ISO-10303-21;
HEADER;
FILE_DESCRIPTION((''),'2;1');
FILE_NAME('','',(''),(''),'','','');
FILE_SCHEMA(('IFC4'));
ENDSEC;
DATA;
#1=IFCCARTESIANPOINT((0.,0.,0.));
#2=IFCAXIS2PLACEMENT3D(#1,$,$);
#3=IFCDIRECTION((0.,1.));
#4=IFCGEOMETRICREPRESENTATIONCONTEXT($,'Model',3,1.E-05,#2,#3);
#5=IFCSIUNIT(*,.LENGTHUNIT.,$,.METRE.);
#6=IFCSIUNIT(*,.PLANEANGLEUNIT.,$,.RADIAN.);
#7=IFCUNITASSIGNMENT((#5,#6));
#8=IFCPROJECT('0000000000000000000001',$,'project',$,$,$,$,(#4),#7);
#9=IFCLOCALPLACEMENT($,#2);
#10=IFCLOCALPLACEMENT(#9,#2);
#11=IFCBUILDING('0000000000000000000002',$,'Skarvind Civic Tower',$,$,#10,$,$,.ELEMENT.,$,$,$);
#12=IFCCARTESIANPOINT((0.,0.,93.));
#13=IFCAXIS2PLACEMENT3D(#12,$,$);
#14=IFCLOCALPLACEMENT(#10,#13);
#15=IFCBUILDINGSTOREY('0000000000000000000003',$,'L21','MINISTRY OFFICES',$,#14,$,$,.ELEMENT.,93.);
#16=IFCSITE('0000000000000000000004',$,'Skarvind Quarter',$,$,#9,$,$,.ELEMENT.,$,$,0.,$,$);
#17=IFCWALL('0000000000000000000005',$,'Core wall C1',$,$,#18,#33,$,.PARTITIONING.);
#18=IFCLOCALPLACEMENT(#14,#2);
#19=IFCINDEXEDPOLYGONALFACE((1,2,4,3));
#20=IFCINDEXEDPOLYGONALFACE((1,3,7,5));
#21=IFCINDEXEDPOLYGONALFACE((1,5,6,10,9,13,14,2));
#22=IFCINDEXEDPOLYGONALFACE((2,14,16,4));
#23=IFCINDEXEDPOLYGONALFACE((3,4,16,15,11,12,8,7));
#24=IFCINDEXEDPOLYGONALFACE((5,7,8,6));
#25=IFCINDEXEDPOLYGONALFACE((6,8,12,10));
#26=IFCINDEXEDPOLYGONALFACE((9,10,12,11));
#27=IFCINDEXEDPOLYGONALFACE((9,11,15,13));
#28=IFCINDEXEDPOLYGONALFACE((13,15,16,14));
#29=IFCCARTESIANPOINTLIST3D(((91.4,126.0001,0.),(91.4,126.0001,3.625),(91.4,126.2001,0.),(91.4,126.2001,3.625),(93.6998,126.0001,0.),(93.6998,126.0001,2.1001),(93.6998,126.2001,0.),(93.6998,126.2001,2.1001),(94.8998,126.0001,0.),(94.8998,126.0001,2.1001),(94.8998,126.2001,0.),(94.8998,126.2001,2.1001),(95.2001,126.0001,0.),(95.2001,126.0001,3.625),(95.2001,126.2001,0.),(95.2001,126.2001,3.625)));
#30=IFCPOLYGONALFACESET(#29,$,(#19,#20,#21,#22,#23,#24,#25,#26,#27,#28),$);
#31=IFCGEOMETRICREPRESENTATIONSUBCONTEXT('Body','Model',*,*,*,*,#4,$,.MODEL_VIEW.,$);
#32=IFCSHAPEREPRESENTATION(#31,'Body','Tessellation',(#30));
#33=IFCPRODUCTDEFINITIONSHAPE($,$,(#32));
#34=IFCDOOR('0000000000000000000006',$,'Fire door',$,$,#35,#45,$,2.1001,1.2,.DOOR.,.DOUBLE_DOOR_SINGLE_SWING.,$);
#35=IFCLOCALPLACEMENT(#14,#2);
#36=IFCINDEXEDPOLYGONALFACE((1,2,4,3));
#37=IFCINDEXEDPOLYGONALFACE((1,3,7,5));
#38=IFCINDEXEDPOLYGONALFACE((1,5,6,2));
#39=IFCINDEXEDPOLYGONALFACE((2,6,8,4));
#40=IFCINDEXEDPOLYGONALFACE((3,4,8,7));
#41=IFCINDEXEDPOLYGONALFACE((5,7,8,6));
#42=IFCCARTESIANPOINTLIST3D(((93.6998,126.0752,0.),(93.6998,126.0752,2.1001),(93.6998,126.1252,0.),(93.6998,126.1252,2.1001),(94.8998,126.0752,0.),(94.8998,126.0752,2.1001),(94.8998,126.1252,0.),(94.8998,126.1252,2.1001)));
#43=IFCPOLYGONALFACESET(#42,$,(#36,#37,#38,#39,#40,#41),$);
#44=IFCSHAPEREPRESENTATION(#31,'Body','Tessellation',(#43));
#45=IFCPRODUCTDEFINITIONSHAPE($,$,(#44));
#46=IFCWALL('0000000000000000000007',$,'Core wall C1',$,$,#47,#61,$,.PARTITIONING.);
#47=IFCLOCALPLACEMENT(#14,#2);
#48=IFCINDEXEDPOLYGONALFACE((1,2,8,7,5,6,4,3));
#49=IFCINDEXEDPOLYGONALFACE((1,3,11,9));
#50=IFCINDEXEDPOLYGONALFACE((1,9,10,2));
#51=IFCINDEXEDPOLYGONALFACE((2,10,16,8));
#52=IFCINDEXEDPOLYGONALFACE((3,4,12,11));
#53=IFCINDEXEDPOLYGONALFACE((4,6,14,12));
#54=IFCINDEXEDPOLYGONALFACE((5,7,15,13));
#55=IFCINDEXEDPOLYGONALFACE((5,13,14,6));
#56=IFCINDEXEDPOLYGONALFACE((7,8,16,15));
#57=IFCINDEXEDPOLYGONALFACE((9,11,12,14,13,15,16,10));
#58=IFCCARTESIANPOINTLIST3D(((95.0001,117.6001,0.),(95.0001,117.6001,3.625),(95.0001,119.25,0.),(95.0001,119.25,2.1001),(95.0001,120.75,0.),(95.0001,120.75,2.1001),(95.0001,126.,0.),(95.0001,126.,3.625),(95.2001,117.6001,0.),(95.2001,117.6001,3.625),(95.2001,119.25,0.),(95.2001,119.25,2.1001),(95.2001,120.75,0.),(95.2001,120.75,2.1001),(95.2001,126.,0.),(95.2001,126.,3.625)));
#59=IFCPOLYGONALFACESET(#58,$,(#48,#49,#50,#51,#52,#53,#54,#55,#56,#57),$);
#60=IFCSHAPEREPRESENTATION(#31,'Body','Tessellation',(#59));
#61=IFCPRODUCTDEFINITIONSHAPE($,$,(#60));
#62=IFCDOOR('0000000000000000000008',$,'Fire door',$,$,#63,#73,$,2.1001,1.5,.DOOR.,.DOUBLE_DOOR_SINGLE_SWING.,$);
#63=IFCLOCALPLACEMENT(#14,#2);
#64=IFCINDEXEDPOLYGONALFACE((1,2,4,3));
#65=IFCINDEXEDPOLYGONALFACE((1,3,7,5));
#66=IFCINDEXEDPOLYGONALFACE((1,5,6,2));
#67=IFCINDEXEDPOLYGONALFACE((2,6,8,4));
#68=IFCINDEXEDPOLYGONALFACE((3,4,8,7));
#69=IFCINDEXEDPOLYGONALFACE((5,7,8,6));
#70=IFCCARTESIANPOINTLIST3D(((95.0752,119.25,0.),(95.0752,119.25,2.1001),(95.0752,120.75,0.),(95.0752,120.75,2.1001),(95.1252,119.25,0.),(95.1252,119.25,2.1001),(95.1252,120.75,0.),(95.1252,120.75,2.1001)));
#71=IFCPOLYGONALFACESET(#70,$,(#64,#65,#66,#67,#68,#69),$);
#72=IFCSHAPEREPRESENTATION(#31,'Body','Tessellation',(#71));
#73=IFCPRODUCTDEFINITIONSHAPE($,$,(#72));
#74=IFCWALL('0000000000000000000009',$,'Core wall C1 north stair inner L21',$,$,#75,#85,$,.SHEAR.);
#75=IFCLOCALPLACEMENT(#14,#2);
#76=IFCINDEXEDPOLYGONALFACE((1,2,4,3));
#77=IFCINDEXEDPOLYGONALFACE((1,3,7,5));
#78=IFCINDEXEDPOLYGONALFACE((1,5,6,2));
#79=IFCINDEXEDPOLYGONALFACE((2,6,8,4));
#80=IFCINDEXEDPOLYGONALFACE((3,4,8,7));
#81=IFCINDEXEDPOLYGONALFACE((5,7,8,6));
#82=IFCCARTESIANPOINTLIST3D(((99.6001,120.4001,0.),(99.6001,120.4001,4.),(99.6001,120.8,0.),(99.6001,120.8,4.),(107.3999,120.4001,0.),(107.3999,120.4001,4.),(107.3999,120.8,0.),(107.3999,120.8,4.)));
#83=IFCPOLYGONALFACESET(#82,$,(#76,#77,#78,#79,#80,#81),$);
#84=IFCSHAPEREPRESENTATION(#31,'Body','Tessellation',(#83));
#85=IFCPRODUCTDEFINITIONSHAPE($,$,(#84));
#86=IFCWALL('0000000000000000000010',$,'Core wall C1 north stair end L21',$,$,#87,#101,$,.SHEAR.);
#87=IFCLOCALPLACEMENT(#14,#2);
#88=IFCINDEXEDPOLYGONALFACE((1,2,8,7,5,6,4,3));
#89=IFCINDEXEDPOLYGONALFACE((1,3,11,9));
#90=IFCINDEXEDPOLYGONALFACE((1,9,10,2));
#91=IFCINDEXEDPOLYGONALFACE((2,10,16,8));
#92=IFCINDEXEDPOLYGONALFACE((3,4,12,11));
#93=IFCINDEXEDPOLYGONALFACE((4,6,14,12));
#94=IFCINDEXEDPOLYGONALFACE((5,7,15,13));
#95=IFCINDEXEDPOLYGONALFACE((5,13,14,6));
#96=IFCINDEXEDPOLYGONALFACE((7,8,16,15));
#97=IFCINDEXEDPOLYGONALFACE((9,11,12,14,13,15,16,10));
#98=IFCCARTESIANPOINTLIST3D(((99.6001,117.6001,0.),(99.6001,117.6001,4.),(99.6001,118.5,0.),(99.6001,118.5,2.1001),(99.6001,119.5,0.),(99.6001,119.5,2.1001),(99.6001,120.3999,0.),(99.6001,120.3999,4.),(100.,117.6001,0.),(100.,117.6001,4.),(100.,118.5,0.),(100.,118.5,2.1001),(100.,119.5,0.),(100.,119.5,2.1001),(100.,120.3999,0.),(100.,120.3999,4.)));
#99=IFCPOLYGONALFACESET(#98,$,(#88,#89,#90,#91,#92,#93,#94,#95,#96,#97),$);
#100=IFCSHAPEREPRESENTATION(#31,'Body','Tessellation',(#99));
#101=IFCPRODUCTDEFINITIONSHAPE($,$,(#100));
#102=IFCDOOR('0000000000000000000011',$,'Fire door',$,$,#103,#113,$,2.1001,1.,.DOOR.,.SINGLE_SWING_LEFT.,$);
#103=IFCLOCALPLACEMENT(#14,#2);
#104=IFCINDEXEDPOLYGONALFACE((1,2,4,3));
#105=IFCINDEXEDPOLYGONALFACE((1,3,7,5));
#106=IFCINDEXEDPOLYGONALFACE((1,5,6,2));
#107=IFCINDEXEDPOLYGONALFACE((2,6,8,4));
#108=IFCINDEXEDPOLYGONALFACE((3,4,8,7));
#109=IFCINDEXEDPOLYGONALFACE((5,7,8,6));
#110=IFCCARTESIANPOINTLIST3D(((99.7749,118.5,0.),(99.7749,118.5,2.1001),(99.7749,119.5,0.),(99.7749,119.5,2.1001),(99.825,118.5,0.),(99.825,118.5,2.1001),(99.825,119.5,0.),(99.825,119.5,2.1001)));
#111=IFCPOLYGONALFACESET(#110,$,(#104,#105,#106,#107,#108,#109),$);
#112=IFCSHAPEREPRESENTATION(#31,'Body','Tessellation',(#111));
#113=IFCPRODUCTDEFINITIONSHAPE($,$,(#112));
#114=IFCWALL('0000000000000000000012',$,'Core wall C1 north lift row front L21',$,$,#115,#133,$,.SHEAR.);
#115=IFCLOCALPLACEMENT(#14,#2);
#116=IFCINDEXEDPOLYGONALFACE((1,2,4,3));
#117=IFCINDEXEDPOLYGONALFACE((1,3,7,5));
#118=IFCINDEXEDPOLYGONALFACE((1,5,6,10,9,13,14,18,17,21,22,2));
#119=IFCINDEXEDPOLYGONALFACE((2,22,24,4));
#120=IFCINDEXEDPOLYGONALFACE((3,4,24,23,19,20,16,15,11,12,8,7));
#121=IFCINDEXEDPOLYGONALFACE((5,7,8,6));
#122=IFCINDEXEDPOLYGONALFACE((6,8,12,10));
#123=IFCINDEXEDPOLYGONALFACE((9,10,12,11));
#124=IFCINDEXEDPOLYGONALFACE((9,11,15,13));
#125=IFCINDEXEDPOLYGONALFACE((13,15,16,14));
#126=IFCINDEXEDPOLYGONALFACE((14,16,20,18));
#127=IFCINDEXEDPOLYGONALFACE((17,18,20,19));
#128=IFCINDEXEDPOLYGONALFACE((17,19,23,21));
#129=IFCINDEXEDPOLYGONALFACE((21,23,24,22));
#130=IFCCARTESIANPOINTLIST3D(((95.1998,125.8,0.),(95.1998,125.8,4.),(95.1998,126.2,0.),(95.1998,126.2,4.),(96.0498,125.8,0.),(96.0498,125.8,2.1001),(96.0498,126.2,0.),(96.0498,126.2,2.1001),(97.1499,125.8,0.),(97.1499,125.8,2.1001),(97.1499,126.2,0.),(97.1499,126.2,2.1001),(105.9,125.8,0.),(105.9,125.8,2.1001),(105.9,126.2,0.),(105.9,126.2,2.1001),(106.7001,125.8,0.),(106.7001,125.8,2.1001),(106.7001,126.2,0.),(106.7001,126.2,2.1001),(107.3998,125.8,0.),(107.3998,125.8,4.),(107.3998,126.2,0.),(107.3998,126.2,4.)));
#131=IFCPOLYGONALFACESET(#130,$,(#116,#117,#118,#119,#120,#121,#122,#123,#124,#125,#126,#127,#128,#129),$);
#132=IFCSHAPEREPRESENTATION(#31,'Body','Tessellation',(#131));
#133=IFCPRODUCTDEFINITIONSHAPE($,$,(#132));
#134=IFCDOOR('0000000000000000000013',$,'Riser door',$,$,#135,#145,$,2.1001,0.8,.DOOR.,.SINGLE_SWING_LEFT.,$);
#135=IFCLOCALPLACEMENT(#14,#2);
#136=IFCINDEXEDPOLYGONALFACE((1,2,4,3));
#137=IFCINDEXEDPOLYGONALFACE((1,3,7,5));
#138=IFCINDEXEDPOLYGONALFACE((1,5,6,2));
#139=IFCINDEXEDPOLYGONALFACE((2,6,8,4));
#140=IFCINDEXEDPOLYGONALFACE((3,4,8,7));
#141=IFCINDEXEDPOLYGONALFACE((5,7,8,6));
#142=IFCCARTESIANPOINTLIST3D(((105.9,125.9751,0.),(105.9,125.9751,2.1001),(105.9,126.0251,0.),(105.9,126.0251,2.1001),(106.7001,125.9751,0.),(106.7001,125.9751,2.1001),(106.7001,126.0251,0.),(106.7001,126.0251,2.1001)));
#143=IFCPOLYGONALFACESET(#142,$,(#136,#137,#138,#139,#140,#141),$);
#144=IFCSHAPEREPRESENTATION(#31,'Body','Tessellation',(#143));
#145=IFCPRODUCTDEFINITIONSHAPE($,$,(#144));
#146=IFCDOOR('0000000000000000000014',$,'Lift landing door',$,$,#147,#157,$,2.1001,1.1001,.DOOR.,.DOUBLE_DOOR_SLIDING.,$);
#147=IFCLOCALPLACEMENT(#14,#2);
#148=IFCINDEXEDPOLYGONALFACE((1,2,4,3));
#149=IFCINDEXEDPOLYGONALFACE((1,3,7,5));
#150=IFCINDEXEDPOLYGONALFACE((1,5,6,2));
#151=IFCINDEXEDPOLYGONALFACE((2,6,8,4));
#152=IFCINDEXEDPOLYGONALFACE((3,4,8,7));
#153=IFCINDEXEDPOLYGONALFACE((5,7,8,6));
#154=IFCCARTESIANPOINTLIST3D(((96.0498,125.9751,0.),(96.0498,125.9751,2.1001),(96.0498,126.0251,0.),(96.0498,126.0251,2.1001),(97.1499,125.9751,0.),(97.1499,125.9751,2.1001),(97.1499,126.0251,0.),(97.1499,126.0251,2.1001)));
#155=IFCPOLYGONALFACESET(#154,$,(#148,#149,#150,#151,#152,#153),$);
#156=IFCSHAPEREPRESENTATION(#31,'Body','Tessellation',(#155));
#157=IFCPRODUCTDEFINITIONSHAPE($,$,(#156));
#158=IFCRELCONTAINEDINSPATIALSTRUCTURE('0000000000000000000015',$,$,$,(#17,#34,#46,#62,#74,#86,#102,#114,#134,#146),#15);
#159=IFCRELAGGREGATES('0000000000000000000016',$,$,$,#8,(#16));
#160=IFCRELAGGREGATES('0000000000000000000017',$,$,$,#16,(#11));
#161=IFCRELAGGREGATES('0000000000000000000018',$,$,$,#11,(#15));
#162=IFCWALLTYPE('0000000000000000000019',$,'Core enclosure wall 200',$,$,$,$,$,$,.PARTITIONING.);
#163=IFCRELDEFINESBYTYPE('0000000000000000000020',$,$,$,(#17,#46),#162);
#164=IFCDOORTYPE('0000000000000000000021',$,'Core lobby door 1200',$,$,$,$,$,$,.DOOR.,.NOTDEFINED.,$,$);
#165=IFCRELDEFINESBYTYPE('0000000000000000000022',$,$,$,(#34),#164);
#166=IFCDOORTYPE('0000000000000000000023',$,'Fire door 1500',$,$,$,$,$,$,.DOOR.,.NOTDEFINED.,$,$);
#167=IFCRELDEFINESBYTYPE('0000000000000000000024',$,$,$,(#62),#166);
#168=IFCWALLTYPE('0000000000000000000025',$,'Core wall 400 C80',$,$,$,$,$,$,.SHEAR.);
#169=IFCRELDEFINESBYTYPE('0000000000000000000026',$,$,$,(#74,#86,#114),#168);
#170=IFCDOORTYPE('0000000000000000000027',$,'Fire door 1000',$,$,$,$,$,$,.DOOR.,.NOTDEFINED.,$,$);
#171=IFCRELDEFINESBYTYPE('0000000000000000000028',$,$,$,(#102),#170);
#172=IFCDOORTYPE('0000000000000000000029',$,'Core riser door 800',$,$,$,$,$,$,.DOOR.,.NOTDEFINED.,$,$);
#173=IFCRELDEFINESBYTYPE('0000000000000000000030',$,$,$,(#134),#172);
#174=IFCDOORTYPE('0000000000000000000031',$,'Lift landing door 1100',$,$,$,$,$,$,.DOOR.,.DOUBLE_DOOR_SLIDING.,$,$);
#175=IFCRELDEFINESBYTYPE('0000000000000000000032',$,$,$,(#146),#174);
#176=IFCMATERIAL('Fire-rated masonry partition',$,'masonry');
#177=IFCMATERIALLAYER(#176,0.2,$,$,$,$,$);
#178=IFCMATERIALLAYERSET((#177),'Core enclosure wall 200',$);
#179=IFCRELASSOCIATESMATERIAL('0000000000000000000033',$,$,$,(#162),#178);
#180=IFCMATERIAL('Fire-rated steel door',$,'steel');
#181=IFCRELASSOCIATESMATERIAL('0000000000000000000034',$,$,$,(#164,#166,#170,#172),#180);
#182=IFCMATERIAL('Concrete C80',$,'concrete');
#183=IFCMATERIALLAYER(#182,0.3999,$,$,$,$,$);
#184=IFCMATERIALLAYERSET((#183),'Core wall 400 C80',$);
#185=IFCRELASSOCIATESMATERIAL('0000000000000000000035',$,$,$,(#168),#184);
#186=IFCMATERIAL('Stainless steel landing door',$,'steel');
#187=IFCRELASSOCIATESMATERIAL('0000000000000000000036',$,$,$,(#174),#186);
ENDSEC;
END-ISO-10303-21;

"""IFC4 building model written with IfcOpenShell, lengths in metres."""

from ifc_helpers import new_model, si_unit, direction, frame, frame_2d, origin, place, context, subcontext, project, spatial, rectangle, extrude, material, layer, layer_set, type_object, element, fill, save


model = new_model("IFC4")

# Units and contexts
model_context = context("Model", 3, precision=1e-05, world=origin(), true_north=direction((0.0, 1.0)))
body_context = subcontext(model_context, "Body", "Model", "MODEL_VIEW")
ifc_project = project(units=[si_unit("LENGTHUNIT", "METRE"), si_unit("PLANEANGLEUNIT", "RADIAN")], contexts=[model_context])

# Site, building, storey
site_placement = place(None, origin())
site = spatial("IfcSite", under=ifc_project, at=site_placement, Name="Skarvind Quarter", CompositionType="ELEMENT", RefElevation=0.0)
building_placement = place(site_placement, origin())
building = spatial("IfcBuilding", under=site, at=building_placement, Name="Skarvind Civic Tower", CompositionType="ELEMENT")
storey_placement = place(building_placement, frame((0.0, 0.0, 93.0)))
storey = spatial("IfcBuildingStorey", under=building, at=storey_placement, Name="L21", Description="MINISTRY OFFICES", CompositionType="ELEMENT", Elevation=93.0)

# Walls, openings, doors
ifc_material_1 = material(Name="Fire-rated masonry partition", Category="masonry")
ifc_layer_1 = layer(ifc_material_1, 0.2)
ifc_layer_set_1 = layer_set([ifc_layer_1], Name="Core enclosure wall 200")
wall_type_1 = type_object("IfcWallType", Name="Core enclosure wall 200", PredefinedType="PARTITIONING", material=ifc_layer_set_1)
wall_1_placement = place(storey_placement, frame((95.2, 126.1001, 0.0), z_axis=(0.0, 0.0, 1.0), x_axis=(-1.0, 0.0, 0.0)))
wall_1 = element("IfcWall", 1, at=wall_1_placement, inside=storey, type_object=wall_type_1, Name="Core wall C1", PredefinedType="PARTITIONING", context=body_context, shape_type="SweptSolid", body=[
    extrude(rectangle(XDim=3.8, YDim=0.2, at=frame_2d((1.8999, 0.0))), origin(), (0.0, 0.0, 1.0), 3.625),
])
opening_1_placement = place(wall_1_placement, frame((0.3, 0.0, 0.0)))
opening_1 = element("IfcOpeningElement", 2, at=opening_1_placement, cuts=wall_1, PredefinedType="OPENING", context=body_context, shape_type="SweptSolid", body=[
    extrude(rectangle(XDim=1.2, YDim=2.1001, at=frame_2d((0.6001, 1.05))), frame((0.0, 0.1099, 0.0), z_axis=(0.0, -1.0, 0.0), x_axis=(1.0, 0.0, 0.0)), (0.0, 0.0, 1.0), 0.22),
])
ifc_material_2 = material(Name="Fire-rated steel door", Category="steel")
door_type_1 = type_object("IfcDoorType", Name="Core lobby door 1200", OperationType="NOTDEFINED", PredefinedType="DOOR", material=ifc_material_2)
door_1_placement = place(opening_1_placement, origin())
door_1 = element("IfcDoor", 3, at=door_1_placement, inside=storey, type_object=door_type_1, Name="Fire door", OperationType="DOUBLE_DOOR_SINGLE_SWING", OverallHeight=2.1001, OverallWidth=1.2, PredefinedType="DOOR", context=body_context, shape_type="SweptSolid", body=[
    extrude(rectangle(XDim=1.2, YDim=2.1001, at=frame_2d((0.6001, 1.05))), frame((0.0, 0.0249, 0.0), z_axis=(0.0, -1.0, 0.0), x_axis=(1.0, 0.0, 0.0)), (0.0, 0.0, 1.0), 0.05),
])
fill(opening_1, door_1)
wall_2_placement = place(storey_placement, frame((95.1001, 117.6001, 0.0), z_axis=(0.0, 0.0, 1.0), x_axis=(0.0, 1.0, 0.0)))
wall_2 = element("IfcWall", 4, at=wall_2_placement, inside=storey, type_object=wall_type_1, Name="Core wall C1", PredefinedType="PARTITIONING", context=body_context, shape_type="SweptSolid", body=[
    extrude(rectangle(XDim=8.3999, YDim=0.2, at=frame_2d((4.2, 0.0))), origin(), (0.0, 0.0, 1.0), 3.625),
])
opening_2_placement = place(wall_2_placement, frame((1.6499, 0.0, 0.0)))
opening_2 = element("IfcOpeningElement", 5, at=opening_2_placement, cuts=wall_2, PredefinedType="OPENING", context=body_context, shape_type="SweptSolid", body=[
    extrude(rectangle(XDim=1.5, YDim=2.1001, at=frame_2d((0.75, 1.05))), frame((0.0, 0.1099, 0.0), z_axis=(0.0, -1.0, 0.0), x_axis=(1.0, 0.0, 0.0)), (0.0, 0.0, 1.0), 0.22),
])
door_type_2 = type_object("IfcDoorType", Name="Fire door 1500", OperationType="NOTDEFINED", PredefinedType="DOOR", material=ifc_material_2)
door_2_placement = place(opening_2_placement, origin())
door_2 = element("IfcDoor", 6, at=door_2_placement, inside=storey, type_object=door_type_2, Name="Fire door", OperationType="DOUBLE_DOOR_SINGLE_SWING", OverallHeight=2.1001, OverallWidth=1.5, PredefinedType="DOOR", context=body_context, shape_type="SweptSolid", body=[
    extrude(rectangle(XDim=1.5, YDim=2.1001, at=frame_2d((0.75, 1.05))), frame((0.0, 0.0249, 0.0), z_axis=(0.0, -1.0, 0.0), x_axis=(1.0, 0.0, 0.0)), (0.0, 0.0, 1.0), 0.05),
])
fill(opening_2, door_2)

# Wall
ifc_material_3 = material(Name="Concrete C80", Category="concrete")
ifc_layer_2 = layer(ifc_material_3, 0.3999)
ifc_layer_set_2 = layer_set([ifc_layer_2], Name="Core wall 400 C80")
wall_type_2 = type_object("IfcWallType", Name="Core wall 400 C80", PredefinedType="SHEAR", material=ifc_layer_set_2)
wall_3_placement = place(storey_placement, frame((107.3999, 120.6001, 0.0), z_axis=(0.0, 0.0, 1.0), x_axis=(-1.0, 0.0, 0.0)))
element("IfcWall", 7, at=wall_3_placement, inside=storey, type_object=wall_type_2, Name="Core wall C1 north stair inner L21", PredefinedType="SHEAR", context=body_context, shape_type="SweptSolid", body=[
    extrude(rectangle(XDim=7.7998, YDim=0.3999, at=frame_2d((3.8999, 0.0))), origin(), (0.0, 0.0, 1.0), 4.0),
])

# Wall, opening, door
wall_4_placement = place(storey_placement, frame((99.8, 120.3999, 0.0), z_axis=(0.0, 0.0, 1.0), x_axis=(0.0, -1.0, 0.0)))
wall_4 = element("IfcWall", 8, at=wall_4_placement, inside=storey, type_object=wall_type_2, Name="Core wall C1 north stair end L21", PredefinedType="SHEAR", context=body_context, shape_type="SweptSolid", body=[
    extrude(rectangle(XDim=2.7998, YDim=0.3999, at=frame_2d((1.3999, 0.0))), origin(), (0.0, 0.0, 1.0), 4.0),
])
opening_3_placement = place(wall_4_placement, frame((0.8999, 0.0, 0.0)))
opening_3 = element("IfcOpeningElement", 9, at=opening_3_placement, cuts=wall_4, PredefinedType="OPENING", context=body_context, shape_type="SweptSolid", body=[
    extrude(rectangle(XDim=1.0, YDim=2.1001, at=frame_2d((0.5, 1.05))), frame((0.0, 0.21, 0.0), z_axis=(0.0, -1.0, 0.0), x_axis=(1.0, 0.0, 0.0)), (0.0, 0.0, 1.0), 0.4199),
])
door_type_3 = type_object("IfcDoorType", Name="Fire door 1000", OperationType="NOTDEFINED", PredefinedType="DOOR", material=ifc_material_2)
door_3_placement = place(opening_3_placement, origin())
door_3 = element("IfcDoor", 10, at=door_3_placement, inside=storey, type_object=door_type_3, Name="Fire door", OperationType="SINGLE_SWING_LEFT", OverallHeight=2.1001, OverallWidth=1.0, PredefinedType="DOOR", context=body_context, shape_type="SweptSolid", body=[
    extrude(rectangle(XDim=1.0, YDim=2.1001, at=frame_2d((0.5, 1.05))), frame((0.0, 0.0249, 0.0), z_axis=(0.0, -1.0, 0.0), x_axis=(1.0, 0.0, 0.0)), (0.0, 0.0, 1.0), 0.05),
])
fill(opening_3, door_3)

# Wall, openings, doors
wall_5_placement = place(storey_placement, frame((107.3999, 126.0, 0.0), z_axis=(0.0, 0.0, 1.0), x_axis=(-1.0, 0.0, 0.0)))
wall_5 = element("IfcWall", 11, at=wall_5_placement, inside=storey, type_object=wall_type_2, Name="Core wall C1 north lift row front L21", PredefinedType="SHEAR", context=body_context, shape_type="SweptSolid", body=[
    extrude(rectangle(XDim=12.2, YDim=0.3999, at=frame_2d((6.1001, 0.0))), origin(), (0.0, 0.0, 1.0), 4.0),
])
opening_4_placement = place(wall_5_placement, frame((10.25, 0.0, 0.0)))
opening_4 = element("IfcOpeningElement", 12, at=opening_4_placement, cuts=wall_5, PredefinedType="OPENING", context=body_context, shape_type="SweptSolid", body=[
    extrude(rectangle(XDim=1.1001, YDim=2.1001, at=frame_2d((0.55, 1.05))), frame((0.0, 0.21, 0.0), z_axis=(0.0, -1.0, 0.0), x_axis=(1.0, 0.0, 0.0)), (0.0, 0.0, 1.0), 0.4199),
])
opening_5_placement = place(wall_5_placement, frame((0.7, 0.0, 0.0)))
opening_5 = element("IfcOpeningElement", 13, at=opening_5_placement, cuts=wall_5, PredefinedType="OPENING", context=body_context, shape_type="SweptSolid", body=[
    extrude(rectangle(XDim=0.8, YDim=2.1001, at=frame_2d((0.3999, 1.05))), frame((0.0, 0.21, 0.0), z_axis=(0.0, -1.0, 0.0), x_axis=(1.0, 0.0, 0.0)), (0.0, 0.0, 1.0), 0.4199),
])
door_type_4 = type_object("IfcDoorType", Name="Core riser door 800", OperationType="NOTDEFINED", PredefinedType="DOOR", material=ifc_material_2)
door_4_placement = place(opening_5_placement, origin())
door_4 = element("IfcDoor", 14, at=door_4_placement, inside=storey, type_object=door_type_4, Name="Riser door", OperationType="SINGLE_SWING_LEFT", OverallHeight=2.1001, OverallWidth=0.8, PredefinedType="DOOR", context=body_context, shape_type="SweptSolid", body=[
    extrude(rectangle(XDim=0.8, YDim=2.1001, at=frame_2d((0.3999, 1.05))), frame((0.0, 0.0249, 0.0), z_axis=(0.0, -1.0, 0.0), x_axis=(1.0, 0.0, 0.0)), (0.0, 0.0, 1.0), 0.05),
])
fill(opening_5, door_4)
ifc_material_4 = material(Name="Stainless steel landing door", Category="steel")
door_type_5 = type_object("IfcDoorType", Name="Lift landing door 1100", OperationType="DOUBLE_DOOR_SLIDING", PredefinedType="DOOR", material=ifc_material_4)
door_5_placement = place(opening_4_placement, origin())
door_5 = element("IfcDoor", 15, at=door_5_placement, inside=storey, type_object=door_type_5, Name="Lift landing door", OperationType="DOUBLE_DOOR_SLIDING", OverallHeight=2.1001, OverallWidth=1.1001, PredefinedType="DOOR", context=body_context, shape_type="SweptSolid", body=[
    extrude(rectangle(XDim=1.1001, YDim=2.1001, at=frame_2d((0.55, 1.05))), frame((0.0, 0.0249, 0.0), z_axis=(0.0, -1.0, 0.0), x_axis=(1.0, 0.0, 0.0)), (0.0, 0.0, 1.0), 0.05),
])
fill(opening_4, door_5)

save(model, "model.ifc")
